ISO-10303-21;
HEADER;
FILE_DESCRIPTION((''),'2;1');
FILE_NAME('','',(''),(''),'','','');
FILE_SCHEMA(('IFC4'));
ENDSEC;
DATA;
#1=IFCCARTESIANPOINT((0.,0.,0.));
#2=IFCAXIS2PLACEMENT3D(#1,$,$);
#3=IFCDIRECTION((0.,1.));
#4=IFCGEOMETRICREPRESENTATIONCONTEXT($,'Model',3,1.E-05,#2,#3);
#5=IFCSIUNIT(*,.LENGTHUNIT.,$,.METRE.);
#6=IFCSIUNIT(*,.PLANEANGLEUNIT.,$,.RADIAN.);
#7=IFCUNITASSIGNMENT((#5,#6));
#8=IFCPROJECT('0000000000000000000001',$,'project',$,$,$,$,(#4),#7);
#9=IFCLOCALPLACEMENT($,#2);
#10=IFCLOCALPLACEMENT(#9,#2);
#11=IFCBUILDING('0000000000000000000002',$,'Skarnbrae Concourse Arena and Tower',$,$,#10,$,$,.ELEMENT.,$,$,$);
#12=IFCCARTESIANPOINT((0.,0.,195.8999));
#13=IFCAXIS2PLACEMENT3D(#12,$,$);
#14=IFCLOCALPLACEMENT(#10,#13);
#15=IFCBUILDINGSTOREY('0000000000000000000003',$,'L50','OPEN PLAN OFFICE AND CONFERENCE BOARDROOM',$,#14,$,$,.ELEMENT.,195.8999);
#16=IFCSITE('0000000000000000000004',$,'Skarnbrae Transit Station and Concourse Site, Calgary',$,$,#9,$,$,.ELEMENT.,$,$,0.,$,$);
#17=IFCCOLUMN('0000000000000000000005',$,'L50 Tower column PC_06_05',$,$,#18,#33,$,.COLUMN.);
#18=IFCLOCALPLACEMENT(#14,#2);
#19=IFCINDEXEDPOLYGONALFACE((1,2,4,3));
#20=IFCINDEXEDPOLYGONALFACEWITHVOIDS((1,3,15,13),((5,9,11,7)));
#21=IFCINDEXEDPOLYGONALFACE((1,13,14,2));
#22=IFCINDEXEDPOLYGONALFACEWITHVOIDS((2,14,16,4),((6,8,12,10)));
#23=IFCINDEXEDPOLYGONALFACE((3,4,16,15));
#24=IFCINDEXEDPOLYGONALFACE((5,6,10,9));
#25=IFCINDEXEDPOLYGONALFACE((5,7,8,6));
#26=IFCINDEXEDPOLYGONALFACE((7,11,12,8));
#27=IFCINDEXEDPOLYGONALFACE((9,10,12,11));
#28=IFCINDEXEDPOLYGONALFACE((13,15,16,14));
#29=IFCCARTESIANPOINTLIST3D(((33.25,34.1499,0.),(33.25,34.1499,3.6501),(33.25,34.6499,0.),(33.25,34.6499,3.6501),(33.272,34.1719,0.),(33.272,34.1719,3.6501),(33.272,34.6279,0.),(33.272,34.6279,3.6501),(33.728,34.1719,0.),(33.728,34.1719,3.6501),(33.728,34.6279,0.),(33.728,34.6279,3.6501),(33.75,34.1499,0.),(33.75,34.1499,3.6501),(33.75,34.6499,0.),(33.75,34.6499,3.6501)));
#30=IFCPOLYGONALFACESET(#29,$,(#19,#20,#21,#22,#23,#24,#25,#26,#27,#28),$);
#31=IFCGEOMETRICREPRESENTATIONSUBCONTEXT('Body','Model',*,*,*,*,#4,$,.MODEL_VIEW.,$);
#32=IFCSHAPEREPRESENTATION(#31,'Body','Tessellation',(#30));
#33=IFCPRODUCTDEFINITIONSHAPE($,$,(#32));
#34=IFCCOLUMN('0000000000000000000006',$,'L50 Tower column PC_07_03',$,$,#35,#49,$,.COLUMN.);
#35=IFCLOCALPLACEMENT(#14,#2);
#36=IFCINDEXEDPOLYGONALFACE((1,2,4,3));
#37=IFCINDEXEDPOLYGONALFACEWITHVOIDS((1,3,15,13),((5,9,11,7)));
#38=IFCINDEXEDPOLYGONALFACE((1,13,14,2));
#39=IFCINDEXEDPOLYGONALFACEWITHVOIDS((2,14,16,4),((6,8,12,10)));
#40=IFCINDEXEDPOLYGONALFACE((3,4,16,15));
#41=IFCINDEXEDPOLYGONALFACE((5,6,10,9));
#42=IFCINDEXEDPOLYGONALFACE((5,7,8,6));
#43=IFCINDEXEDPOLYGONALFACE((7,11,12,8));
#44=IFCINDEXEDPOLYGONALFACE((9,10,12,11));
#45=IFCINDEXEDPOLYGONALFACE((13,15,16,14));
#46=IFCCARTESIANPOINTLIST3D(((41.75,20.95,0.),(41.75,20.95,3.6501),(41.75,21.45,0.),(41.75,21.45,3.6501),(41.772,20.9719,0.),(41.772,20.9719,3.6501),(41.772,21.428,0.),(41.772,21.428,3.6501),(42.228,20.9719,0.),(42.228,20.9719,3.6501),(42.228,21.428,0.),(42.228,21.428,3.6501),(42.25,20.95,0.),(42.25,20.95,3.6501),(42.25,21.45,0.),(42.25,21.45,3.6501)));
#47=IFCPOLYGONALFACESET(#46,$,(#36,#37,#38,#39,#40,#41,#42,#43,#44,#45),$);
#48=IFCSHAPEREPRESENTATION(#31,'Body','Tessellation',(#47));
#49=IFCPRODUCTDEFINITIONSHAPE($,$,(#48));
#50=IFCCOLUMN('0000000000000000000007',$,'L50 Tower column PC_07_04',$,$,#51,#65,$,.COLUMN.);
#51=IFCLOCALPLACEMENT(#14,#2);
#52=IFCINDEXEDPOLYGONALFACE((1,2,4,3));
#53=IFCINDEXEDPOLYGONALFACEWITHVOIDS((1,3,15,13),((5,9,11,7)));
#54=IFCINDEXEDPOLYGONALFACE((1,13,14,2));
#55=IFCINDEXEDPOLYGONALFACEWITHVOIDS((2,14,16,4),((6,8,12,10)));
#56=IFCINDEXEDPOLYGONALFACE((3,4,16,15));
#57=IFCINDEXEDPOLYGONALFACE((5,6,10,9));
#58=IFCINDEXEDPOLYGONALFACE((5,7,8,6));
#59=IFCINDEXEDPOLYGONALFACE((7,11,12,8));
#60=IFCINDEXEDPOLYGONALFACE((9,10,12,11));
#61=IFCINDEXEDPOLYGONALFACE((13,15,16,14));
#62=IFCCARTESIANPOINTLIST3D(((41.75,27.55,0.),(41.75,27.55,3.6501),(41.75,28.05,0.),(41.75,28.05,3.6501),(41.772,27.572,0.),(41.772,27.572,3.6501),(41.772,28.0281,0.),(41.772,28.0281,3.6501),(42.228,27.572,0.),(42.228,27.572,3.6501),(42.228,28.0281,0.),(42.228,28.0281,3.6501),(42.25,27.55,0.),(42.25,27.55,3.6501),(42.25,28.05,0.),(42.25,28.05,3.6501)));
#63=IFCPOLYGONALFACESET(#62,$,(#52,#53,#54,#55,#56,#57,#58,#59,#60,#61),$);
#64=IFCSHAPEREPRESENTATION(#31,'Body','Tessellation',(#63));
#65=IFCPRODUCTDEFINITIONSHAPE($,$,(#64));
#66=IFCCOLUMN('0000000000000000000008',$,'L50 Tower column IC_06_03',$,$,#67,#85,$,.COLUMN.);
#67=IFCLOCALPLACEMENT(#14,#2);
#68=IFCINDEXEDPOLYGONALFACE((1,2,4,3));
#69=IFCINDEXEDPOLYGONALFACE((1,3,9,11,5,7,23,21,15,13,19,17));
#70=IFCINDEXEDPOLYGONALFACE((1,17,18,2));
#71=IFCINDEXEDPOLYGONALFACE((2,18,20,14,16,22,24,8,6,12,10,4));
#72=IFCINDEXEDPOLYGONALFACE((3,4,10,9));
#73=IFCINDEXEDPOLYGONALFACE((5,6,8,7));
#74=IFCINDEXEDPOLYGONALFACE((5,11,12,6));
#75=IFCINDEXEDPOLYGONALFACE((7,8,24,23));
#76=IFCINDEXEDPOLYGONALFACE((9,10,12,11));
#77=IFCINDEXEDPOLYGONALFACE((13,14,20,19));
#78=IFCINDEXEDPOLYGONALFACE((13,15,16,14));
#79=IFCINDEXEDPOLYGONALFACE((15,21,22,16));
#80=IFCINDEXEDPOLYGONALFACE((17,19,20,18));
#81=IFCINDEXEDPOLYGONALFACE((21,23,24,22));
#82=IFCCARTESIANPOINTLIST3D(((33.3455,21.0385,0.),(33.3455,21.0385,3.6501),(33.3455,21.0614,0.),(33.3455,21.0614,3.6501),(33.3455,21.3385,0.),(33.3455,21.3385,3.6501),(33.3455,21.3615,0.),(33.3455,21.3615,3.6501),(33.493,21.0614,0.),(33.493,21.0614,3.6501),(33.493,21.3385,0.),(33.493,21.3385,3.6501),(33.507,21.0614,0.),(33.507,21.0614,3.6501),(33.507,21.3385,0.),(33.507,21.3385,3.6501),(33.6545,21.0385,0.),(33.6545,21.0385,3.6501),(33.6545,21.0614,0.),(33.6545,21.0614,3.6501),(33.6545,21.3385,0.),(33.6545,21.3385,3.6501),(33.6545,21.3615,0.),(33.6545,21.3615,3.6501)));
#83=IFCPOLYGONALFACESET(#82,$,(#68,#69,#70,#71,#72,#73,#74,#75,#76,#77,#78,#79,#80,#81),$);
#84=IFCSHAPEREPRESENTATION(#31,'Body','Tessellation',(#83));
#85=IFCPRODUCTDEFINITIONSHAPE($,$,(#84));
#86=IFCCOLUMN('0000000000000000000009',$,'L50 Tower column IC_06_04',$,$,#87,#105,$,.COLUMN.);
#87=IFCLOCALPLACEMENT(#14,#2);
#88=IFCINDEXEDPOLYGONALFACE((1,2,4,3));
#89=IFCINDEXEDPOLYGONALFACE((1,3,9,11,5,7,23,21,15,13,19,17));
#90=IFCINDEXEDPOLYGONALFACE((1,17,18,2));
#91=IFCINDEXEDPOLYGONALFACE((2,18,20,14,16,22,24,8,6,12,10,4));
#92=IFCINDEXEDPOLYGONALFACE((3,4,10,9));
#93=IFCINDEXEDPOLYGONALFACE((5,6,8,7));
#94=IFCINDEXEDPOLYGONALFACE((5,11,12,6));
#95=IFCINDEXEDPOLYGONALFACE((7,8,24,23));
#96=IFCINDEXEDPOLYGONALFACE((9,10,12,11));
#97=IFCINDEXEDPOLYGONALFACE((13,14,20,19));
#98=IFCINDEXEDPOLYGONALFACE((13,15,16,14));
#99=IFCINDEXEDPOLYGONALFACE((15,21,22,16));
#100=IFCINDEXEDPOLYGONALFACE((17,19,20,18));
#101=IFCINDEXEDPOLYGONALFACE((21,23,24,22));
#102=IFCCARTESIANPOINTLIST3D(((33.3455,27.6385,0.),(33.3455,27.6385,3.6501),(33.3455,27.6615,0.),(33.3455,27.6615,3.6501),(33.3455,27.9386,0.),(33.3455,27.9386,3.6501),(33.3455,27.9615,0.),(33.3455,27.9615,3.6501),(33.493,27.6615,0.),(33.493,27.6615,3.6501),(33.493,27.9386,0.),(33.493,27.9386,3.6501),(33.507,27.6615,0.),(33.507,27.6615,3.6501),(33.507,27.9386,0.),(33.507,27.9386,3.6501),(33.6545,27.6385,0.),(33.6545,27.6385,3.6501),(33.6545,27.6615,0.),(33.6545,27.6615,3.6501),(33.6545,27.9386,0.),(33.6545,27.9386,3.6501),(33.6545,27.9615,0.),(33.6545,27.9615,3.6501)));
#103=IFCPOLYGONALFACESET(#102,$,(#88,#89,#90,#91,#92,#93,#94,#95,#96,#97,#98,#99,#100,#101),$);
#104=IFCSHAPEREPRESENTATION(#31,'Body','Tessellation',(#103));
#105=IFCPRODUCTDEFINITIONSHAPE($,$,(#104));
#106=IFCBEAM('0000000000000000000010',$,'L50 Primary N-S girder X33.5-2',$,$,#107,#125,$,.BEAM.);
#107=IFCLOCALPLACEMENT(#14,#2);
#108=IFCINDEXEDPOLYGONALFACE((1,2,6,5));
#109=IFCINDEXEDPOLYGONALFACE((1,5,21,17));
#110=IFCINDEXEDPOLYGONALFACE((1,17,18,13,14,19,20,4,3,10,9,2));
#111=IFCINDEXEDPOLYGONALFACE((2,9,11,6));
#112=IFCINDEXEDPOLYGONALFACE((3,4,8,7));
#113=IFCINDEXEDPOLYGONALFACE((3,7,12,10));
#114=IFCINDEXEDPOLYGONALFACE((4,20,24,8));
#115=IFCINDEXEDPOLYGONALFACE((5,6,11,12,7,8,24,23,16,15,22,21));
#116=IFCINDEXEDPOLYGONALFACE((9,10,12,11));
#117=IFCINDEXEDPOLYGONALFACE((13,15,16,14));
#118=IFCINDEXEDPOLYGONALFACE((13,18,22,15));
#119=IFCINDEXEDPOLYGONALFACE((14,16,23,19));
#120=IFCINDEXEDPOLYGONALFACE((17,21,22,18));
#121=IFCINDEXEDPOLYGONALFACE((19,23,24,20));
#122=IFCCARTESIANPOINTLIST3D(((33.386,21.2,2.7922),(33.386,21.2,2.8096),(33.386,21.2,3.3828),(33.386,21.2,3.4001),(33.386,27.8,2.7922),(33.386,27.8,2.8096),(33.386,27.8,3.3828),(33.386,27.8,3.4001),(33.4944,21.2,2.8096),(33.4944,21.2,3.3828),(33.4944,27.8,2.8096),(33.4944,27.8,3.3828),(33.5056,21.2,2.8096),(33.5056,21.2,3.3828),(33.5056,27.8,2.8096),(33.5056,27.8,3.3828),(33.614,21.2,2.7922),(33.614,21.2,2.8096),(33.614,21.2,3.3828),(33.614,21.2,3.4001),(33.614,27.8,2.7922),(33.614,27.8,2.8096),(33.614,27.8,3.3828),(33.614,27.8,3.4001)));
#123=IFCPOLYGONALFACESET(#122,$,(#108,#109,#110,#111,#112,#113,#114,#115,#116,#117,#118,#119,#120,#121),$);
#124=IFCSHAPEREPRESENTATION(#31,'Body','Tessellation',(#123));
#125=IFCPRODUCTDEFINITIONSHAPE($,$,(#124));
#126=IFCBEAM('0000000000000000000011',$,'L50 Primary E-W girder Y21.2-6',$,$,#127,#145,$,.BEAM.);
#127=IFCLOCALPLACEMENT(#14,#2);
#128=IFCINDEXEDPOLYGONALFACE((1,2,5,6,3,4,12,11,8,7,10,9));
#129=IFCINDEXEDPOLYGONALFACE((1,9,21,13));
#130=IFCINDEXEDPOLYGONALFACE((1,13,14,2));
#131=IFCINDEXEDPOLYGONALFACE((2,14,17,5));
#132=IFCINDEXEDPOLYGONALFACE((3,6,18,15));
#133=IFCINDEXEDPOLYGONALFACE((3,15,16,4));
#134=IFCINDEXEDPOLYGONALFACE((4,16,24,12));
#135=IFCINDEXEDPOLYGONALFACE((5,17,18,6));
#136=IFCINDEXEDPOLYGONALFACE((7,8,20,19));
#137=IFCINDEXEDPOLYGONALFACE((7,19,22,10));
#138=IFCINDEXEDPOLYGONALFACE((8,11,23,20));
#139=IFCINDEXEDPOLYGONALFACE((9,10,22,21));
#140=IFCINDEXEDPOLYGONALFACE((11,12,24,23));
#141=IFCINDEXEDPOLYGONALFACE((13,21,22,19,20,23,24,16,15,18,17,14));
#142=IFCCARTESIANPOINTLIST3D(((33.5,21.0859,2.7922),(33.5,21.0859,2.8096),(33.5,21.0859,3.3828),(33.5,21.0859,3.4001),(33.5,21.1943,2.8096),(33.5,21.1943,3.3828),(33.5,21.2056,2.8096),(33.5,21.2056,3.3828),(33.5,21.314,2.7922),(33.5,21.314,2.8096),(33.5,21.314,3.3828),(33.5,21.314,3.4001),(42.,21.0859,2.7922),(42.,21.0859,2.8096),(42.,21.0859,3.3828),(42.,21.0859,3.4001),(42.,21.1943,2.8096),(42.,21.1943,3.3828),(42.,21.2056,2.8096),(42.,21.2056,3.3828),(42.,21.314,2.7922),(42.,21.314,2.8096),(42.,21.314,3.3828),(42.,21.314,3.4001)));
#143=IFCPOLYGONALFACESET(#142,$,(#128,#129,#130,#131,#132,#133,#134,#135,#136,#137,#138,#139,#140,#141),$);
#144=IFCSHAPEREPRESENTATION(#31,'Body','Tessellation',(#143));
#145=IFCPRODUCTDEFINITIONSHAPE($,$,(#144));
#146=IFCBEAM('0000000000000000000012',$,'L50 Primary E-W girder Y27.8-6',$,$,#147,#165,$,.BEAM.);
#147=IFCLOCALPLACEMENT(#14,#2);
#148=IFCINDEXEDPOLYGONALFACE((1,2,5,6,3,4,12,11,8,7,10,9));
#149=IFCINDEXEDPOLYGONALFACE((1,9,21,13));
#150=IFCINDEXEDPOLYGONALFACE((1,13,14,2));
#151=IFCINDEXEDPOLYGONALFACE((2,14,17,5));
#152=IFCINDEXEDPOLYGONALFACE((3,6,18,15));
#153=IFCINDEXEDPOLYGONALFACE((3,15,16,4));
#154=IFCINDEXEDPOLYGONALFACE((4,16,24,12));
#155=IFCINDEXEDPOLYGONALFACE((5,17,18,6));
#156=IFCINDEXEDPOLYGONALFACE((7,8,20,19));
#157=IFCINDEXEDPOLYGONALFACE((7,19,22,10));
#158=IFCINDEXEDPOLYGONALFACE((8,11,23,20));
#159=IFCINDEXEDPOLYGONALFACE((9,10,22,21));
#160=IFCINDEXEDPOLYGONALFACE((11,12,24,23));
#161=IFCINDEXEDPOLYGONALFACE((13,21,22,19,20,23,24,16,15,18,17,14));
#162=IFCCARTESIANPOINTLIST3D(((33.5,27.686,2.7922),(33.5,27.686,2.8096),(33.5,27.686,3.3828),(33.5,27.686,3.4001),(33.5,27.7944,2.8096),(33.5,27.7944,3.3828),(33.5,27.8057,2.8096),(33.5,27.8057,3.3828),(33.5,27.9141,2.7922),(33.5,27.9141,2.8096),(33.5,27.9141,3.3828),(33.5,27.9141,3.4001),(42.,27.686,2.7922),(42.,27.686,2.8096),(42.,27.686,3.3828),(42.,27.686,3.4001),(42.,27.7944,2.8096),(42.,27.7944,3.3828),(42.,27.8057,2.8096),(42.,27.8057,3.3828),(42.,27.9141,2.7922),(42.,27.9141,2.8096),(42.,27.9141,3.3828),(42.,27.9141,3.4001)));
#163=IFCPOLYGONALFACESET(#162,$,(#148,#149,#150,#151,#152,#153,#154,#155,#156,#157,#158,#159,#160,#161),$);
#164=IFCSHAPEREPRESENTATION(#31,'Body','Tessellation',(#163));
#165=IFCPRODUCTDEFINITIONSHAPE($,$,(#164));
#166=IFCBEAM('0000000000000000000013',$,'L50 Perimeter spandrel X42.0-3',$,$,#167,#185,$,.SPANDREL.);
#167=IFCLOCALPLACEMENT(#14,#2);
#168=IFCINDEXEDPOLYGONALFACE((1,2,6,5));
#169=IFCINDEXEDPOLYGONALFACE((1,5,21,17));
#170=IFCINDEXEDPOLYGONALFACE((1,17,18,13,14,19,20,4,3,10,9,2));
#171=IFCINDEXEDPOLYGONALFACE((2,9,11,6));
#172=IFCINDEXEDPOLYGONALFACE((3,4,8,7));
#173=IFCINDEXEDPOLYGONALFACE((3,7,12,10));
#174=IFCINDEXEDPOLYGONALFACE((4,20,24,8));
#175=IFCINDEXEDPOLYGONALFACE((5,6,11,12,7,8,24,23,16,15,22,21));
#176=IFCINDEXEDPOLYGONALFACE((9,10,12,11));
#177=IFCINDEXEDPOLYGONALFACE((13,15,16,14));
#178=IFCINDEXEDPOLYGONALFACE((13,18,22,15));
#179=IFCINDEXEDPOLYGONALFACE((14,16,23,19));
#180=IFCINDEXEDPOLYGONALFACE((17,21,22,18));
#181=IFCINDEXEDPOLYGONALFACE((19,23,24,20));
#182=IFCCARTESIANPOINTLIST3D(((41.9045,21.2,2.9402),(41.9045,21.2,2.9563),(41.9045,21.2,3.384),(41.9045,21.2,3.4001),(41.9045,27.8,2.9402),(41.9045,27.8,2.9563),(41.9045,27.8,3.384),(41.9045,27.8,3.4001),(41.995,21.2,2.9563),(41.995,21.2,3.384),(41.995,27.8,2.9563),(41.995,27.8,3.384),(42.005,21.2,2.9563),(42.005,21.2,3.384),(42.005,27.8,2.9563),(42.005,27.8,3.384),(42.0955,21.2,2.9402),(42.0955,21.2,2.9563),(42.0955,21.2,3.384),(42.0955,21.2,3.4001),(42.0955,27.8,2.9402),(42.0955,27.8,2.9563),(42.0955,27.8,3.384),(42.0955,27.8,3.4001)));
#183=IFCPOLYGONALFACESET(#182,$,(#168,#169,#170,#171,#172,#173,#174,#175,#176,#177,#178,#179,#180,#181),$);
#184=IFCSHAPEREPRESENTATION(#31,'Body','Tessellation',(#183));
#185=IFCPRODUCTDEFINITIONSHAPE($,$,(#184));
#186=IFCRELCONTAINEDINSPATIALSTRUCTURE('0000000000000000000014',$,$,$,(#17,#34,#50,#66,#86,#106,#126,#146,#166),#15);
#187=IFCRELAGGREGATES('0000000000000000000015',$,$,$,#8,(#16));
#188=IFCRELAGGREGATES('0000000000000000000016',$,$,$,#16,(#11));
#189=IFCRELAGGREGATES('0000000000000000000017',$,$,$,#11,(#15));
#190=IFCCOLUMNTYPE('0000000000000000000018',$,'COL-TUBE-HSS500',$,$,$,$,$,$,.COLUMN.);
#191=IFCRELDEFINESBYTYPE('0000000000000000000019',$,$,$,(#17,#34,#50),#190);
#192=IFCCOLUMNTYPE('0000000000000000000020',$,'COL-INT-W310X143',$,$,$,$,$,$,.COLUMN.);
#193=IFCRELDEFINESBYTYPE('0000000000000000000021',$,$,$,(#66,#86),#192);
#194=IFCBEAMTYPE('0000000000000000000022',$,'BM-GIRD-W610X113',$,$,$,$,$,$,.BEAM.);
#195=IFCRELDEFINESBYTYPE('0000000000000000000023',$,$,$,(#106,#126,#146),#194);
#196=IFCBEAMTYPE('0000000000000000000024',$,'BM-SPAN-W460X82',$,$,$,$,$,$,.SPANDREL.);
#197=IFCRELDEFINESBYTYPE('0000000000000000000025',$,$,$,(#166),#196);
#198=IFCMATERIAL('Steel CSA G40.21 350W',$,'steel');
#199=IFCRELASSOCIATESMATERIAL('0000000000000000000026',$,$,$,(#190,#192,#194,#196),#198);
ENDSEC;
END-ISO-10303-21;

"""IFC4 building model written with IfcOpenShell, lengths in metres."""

from ifc_helpers import new_model, si_unit, direction, frame, origin, origin_2d, place, context, subcontext, project, spatial, hollow_rectangle, i_section, extrude, source, transform, mapped, material, material_profile, profile_set, type_object, element, save


model = new_model("IFC4")

# Units and contexts
model_context = context("Model", 3, precision=1e-05, world=origin(), true_north=direction((0.0, 1.0)))
body_context = subcontext(model_context, "Body", "Model", "MODEL_VIEW")
ifc_project = project(units=[si_unit("LENGTHUNIT", "METRE"), si_unit("PLANEANGLEUNIT", "RADIAN")], contexts=[model_context])

# Site, building, storey
site_placement = place(None, origin())
site = spatial("IfcSite", under=ifc_project, at=site_placement, Name="Skarnbrae Transit Station and Concourse Site, Calgary", CompositionType="ELEMENT", RefElevation=0.0)
building_placement = place(site_placement, origin())
building = spatial("IfcBuilding", under=site, at=building_placement, Name="Skarnbrae Concourse Arena and Tower", CompositionType="ELEMENT")
storey_placement = place(building_placement, frame((0.0, 0.0, 195.8999)))
storey = spatial("IfcBuildingStorey", under=building, at=storey_placement, Name="L50", Description="OPEN PLAN OFFICE AND CONFERENCE BOARDROOM", CompositionType="ELEMENT", Elevation=195.8999)

# Columns
ifc_material_1 = material(Name="Steel CSA G40.21 350W", Category="steel")
ifc_material_profile_1 = material_profile(ifc_material_1, hollow_rectangle(XDim=0.5, YDim=0.5, WallThickness=0.022, at=origin_2d()), Name="HSS500X500X22.0")
ifc_profile_set_1 = profile_set([ifc_material_profile_1], Name="Steel CSA G40.21 350W")
column_type_1 = type_object("IfcColumnType", Name="COL-TUBE-HSS500", PredefinedType="COLUMN", material=ifc_profile_set_1)
shared_shape_1 = source(origin(), body_context, "Body", "SweptSolid", [
    extrude(hollow_rectangle(XDim=0.5, YDim=0.5, WallThickness=0.022, at=origin_2d()), origin(), (0.0, 0.0, 1.0), 3.6501),
])
for number, where, z_axis, x_axis, name in (
    (1, (33.5, 34.3999, 0.0), (0.0, 0.0, 1.0), (1.0, 0.0, 0.0), "L50 Tower column PC_06_05"),
    (2, (42.0, 21.2, 0.0), (0.0, 0.0, 1.0), (1.0, 0.0, 0.0), "L50 Tower column PC_07_03"),
    (3, (42.0, 27.8, 0.0), (0.0, 0.0, 1.0), (1.0, 0.0, 0.0), "L50 Tower column PC_07_04"),
):
    element("IfcColumn", number, at=place(storey_placement, frame(where, z_axis=z_axis, x_axis=x_axis)), inside=storey, type_object=column_type_1, Name=name, PredefinedType="COLUMN", context=body_context, shape_type="MappedRepresentation", body=[
        mapped(shared_shape_1, transform((0.0, 0.0, 0.0))),
    ])
ifc_material_profile_2 = material_profile(ifc_material_1, i_section(OverallWidth=0.3091, OverallDepth=0.323, WebThickness=0.0139, FlangeThickness=0.0229, at=origin_2d()), Name="W310X143")
ifc_profile_set_2 = profile_set([ifc_material_profile_2], Name="Steel CSA G40.21 350W")
column_type_2 = type_object("IfcColumnType", Name="COL-INT-W310X143", PredefinedType="COLUMN", material=ifc_profile_set_2)
shared_shape_2 = source(origin(), body_context, "Body", "SweptSolid", [
    extrude(i_section(OverallWidth=0.3091, OverallDepth=0.323, WebThickness=0.0139, FlangeThickness=0.0229, at=origin_2d()), origin(), (0.0, 0.0, 1.0), 3.6501),
])
for number, where, z_axis, x_axis, name in (
    (4, (33.5, 21.2, 0.0), (0.0, 0.0, 1.0), (1.0, 0.0, 0.0), "L50 Tower column IC_06_03"),
    (5, (33.5, 27.8, 0.0), (0.0, 0.0, 1.0), (1.0, 0.0, 0.0), "L50 Tower column IC_06_04"),
):
    element("IfcColumn", number, at=place(storey_placement, frame(where, z_axis=z_axis, x_axis=x_axis)), inside=storey, type_object=column_type_2, Name=name, PredefinedType="COLUMN", context=body_context, shape_type="MappedRepresentation", body=[
        mapped(shared_shape_2, transform((0.0, 0.0, 0.0))),
    ])

# Beams
ifc_material_profile_3 = material_profile(ifc_material_1, i_section(OverallWidth=0.228, OverallDepth=0.6079, WebThickness=0.0112, FlangeThickness=0.0173, at=origin_2d()), Name="W610X113")
ifc_profile_set_3 = profile_set([ifc_material_profile_3], Name="Steel CSA G40.21 350W")
beam_type_1 = type_object("IfcBeamType", Name="BM-GIRD-W610X113", PredefinedType="BEAM", material=ifc_profile_set_3)
shared_shape_3 = source(origin(), body_context, "Body", "SweptSolid", [
    extrude(i_section(OverallWidth=0.228, OverallDepth=0.6079, WebThickness=0.0112, FlangeThickness=0.0173, at=origin_2d()), origin(), (0.0, 0.0, 1.0), 6.6001),
])
beam_1_placement = place(storey_placement, frame((33.5, 21.2, 3.0962), z_axis=(0.0, 1.0, 0.0), x_axis=(-1.0, 0.0, 0.0)))
element("IfcBeam", 6, at=beam_1_placement, inside=storey, type_object=beam_type_1, Name="L50 Primary N-S girder X33.5-2", PredefinedType="BEAM", context=body_context, shape_type="MappedRepresentation", body=[
    mapped(shared_shape_3, transform((0.0, 0.0, 0.0))),
])
shared_shape_4 = source(origin(), body_context, "Body", "SweptSolid", [
    extrude(i_section(OverallWidth=0.228, OverallDepth=0.6079, WebThickness=0.0112, FlangeThickness=0.0173, at=origin_2d()), origin(), (0.0, 0.0, 1.0), 8.5),
])
for number, where, z_axis, x_axis, name in (
    (7, (33.5, 21.2, 3.0962), (1.0, 0.0, 0.0), (0.0, 1.0, 0.0), "L50 Primary E-W girder Y21.2-6"),
    (8, (33.5, 27.8, 3.0962), (1.0, 0.0, 0.0), (0.0, 1.0, 0.0), "L50 Primary E-W girder Y27.8-6"),
):
    element("IfcBeam", number, at=place(storey_placement, frame(where, z_axis=z_axis, x_axis=x_axis)), inside=storey, type_object=beam_type_1, Name=name, PredefinedType="BEAM", context=body_context, shape_type="MappedRepresentation", body=[
        mapped(shared_shape_4, transform((0.0, 0.0, 0.0))),
    ])
ifc_material_profile_4 = material_profile(ifc_material_1, i_section(OverallWidth=0.1909, OverallDepth=0.46, WebThickness=0.01, FlangeThickness=0.0161, at=origin_2d()), Name="W460X82")
ifc_profile_set_4 = profile_set([ifc_material_profile_4], Name="Steel CSA G40.21 350W")
beam_type_2 = type_object("IfcBeamType", Name="BM-SPAN-W460X82", PredefinedType="SPANDREL", material=ifc_profile_set_4)
shared_shape_5 = source(origin(), body_context, "Body", "SweptSolid", [
    extrude(i_section(OverallWidth=0.1909, OverallDepth=0.46, WebThickness=0.01, FlangeThickness=0.0161, at=origin_2d()), origin(), (0.0, 0.0, 1.0), 6.6001),
])
beam_2_placement = place(storey_placement, frame((42.0, 21.2, 3.1702), z_axis=(0.0, 1.0, 0.0), x_axis=(-1.0, 0.0, 0.0)))
element("IfcBeam", 9, at=beam_2_placement, inside=storey, type_object=beam_type_2, Name="L50 Perimeter spandrel X42.0-3", PredefinedType="SPANDREL", context=body_context, shape_type="MappedRepresentation", body=[
    mapped(shared_shape_5, transform((0.0, 0.0, 0.0))),
])

save(model, "model.ifc")
